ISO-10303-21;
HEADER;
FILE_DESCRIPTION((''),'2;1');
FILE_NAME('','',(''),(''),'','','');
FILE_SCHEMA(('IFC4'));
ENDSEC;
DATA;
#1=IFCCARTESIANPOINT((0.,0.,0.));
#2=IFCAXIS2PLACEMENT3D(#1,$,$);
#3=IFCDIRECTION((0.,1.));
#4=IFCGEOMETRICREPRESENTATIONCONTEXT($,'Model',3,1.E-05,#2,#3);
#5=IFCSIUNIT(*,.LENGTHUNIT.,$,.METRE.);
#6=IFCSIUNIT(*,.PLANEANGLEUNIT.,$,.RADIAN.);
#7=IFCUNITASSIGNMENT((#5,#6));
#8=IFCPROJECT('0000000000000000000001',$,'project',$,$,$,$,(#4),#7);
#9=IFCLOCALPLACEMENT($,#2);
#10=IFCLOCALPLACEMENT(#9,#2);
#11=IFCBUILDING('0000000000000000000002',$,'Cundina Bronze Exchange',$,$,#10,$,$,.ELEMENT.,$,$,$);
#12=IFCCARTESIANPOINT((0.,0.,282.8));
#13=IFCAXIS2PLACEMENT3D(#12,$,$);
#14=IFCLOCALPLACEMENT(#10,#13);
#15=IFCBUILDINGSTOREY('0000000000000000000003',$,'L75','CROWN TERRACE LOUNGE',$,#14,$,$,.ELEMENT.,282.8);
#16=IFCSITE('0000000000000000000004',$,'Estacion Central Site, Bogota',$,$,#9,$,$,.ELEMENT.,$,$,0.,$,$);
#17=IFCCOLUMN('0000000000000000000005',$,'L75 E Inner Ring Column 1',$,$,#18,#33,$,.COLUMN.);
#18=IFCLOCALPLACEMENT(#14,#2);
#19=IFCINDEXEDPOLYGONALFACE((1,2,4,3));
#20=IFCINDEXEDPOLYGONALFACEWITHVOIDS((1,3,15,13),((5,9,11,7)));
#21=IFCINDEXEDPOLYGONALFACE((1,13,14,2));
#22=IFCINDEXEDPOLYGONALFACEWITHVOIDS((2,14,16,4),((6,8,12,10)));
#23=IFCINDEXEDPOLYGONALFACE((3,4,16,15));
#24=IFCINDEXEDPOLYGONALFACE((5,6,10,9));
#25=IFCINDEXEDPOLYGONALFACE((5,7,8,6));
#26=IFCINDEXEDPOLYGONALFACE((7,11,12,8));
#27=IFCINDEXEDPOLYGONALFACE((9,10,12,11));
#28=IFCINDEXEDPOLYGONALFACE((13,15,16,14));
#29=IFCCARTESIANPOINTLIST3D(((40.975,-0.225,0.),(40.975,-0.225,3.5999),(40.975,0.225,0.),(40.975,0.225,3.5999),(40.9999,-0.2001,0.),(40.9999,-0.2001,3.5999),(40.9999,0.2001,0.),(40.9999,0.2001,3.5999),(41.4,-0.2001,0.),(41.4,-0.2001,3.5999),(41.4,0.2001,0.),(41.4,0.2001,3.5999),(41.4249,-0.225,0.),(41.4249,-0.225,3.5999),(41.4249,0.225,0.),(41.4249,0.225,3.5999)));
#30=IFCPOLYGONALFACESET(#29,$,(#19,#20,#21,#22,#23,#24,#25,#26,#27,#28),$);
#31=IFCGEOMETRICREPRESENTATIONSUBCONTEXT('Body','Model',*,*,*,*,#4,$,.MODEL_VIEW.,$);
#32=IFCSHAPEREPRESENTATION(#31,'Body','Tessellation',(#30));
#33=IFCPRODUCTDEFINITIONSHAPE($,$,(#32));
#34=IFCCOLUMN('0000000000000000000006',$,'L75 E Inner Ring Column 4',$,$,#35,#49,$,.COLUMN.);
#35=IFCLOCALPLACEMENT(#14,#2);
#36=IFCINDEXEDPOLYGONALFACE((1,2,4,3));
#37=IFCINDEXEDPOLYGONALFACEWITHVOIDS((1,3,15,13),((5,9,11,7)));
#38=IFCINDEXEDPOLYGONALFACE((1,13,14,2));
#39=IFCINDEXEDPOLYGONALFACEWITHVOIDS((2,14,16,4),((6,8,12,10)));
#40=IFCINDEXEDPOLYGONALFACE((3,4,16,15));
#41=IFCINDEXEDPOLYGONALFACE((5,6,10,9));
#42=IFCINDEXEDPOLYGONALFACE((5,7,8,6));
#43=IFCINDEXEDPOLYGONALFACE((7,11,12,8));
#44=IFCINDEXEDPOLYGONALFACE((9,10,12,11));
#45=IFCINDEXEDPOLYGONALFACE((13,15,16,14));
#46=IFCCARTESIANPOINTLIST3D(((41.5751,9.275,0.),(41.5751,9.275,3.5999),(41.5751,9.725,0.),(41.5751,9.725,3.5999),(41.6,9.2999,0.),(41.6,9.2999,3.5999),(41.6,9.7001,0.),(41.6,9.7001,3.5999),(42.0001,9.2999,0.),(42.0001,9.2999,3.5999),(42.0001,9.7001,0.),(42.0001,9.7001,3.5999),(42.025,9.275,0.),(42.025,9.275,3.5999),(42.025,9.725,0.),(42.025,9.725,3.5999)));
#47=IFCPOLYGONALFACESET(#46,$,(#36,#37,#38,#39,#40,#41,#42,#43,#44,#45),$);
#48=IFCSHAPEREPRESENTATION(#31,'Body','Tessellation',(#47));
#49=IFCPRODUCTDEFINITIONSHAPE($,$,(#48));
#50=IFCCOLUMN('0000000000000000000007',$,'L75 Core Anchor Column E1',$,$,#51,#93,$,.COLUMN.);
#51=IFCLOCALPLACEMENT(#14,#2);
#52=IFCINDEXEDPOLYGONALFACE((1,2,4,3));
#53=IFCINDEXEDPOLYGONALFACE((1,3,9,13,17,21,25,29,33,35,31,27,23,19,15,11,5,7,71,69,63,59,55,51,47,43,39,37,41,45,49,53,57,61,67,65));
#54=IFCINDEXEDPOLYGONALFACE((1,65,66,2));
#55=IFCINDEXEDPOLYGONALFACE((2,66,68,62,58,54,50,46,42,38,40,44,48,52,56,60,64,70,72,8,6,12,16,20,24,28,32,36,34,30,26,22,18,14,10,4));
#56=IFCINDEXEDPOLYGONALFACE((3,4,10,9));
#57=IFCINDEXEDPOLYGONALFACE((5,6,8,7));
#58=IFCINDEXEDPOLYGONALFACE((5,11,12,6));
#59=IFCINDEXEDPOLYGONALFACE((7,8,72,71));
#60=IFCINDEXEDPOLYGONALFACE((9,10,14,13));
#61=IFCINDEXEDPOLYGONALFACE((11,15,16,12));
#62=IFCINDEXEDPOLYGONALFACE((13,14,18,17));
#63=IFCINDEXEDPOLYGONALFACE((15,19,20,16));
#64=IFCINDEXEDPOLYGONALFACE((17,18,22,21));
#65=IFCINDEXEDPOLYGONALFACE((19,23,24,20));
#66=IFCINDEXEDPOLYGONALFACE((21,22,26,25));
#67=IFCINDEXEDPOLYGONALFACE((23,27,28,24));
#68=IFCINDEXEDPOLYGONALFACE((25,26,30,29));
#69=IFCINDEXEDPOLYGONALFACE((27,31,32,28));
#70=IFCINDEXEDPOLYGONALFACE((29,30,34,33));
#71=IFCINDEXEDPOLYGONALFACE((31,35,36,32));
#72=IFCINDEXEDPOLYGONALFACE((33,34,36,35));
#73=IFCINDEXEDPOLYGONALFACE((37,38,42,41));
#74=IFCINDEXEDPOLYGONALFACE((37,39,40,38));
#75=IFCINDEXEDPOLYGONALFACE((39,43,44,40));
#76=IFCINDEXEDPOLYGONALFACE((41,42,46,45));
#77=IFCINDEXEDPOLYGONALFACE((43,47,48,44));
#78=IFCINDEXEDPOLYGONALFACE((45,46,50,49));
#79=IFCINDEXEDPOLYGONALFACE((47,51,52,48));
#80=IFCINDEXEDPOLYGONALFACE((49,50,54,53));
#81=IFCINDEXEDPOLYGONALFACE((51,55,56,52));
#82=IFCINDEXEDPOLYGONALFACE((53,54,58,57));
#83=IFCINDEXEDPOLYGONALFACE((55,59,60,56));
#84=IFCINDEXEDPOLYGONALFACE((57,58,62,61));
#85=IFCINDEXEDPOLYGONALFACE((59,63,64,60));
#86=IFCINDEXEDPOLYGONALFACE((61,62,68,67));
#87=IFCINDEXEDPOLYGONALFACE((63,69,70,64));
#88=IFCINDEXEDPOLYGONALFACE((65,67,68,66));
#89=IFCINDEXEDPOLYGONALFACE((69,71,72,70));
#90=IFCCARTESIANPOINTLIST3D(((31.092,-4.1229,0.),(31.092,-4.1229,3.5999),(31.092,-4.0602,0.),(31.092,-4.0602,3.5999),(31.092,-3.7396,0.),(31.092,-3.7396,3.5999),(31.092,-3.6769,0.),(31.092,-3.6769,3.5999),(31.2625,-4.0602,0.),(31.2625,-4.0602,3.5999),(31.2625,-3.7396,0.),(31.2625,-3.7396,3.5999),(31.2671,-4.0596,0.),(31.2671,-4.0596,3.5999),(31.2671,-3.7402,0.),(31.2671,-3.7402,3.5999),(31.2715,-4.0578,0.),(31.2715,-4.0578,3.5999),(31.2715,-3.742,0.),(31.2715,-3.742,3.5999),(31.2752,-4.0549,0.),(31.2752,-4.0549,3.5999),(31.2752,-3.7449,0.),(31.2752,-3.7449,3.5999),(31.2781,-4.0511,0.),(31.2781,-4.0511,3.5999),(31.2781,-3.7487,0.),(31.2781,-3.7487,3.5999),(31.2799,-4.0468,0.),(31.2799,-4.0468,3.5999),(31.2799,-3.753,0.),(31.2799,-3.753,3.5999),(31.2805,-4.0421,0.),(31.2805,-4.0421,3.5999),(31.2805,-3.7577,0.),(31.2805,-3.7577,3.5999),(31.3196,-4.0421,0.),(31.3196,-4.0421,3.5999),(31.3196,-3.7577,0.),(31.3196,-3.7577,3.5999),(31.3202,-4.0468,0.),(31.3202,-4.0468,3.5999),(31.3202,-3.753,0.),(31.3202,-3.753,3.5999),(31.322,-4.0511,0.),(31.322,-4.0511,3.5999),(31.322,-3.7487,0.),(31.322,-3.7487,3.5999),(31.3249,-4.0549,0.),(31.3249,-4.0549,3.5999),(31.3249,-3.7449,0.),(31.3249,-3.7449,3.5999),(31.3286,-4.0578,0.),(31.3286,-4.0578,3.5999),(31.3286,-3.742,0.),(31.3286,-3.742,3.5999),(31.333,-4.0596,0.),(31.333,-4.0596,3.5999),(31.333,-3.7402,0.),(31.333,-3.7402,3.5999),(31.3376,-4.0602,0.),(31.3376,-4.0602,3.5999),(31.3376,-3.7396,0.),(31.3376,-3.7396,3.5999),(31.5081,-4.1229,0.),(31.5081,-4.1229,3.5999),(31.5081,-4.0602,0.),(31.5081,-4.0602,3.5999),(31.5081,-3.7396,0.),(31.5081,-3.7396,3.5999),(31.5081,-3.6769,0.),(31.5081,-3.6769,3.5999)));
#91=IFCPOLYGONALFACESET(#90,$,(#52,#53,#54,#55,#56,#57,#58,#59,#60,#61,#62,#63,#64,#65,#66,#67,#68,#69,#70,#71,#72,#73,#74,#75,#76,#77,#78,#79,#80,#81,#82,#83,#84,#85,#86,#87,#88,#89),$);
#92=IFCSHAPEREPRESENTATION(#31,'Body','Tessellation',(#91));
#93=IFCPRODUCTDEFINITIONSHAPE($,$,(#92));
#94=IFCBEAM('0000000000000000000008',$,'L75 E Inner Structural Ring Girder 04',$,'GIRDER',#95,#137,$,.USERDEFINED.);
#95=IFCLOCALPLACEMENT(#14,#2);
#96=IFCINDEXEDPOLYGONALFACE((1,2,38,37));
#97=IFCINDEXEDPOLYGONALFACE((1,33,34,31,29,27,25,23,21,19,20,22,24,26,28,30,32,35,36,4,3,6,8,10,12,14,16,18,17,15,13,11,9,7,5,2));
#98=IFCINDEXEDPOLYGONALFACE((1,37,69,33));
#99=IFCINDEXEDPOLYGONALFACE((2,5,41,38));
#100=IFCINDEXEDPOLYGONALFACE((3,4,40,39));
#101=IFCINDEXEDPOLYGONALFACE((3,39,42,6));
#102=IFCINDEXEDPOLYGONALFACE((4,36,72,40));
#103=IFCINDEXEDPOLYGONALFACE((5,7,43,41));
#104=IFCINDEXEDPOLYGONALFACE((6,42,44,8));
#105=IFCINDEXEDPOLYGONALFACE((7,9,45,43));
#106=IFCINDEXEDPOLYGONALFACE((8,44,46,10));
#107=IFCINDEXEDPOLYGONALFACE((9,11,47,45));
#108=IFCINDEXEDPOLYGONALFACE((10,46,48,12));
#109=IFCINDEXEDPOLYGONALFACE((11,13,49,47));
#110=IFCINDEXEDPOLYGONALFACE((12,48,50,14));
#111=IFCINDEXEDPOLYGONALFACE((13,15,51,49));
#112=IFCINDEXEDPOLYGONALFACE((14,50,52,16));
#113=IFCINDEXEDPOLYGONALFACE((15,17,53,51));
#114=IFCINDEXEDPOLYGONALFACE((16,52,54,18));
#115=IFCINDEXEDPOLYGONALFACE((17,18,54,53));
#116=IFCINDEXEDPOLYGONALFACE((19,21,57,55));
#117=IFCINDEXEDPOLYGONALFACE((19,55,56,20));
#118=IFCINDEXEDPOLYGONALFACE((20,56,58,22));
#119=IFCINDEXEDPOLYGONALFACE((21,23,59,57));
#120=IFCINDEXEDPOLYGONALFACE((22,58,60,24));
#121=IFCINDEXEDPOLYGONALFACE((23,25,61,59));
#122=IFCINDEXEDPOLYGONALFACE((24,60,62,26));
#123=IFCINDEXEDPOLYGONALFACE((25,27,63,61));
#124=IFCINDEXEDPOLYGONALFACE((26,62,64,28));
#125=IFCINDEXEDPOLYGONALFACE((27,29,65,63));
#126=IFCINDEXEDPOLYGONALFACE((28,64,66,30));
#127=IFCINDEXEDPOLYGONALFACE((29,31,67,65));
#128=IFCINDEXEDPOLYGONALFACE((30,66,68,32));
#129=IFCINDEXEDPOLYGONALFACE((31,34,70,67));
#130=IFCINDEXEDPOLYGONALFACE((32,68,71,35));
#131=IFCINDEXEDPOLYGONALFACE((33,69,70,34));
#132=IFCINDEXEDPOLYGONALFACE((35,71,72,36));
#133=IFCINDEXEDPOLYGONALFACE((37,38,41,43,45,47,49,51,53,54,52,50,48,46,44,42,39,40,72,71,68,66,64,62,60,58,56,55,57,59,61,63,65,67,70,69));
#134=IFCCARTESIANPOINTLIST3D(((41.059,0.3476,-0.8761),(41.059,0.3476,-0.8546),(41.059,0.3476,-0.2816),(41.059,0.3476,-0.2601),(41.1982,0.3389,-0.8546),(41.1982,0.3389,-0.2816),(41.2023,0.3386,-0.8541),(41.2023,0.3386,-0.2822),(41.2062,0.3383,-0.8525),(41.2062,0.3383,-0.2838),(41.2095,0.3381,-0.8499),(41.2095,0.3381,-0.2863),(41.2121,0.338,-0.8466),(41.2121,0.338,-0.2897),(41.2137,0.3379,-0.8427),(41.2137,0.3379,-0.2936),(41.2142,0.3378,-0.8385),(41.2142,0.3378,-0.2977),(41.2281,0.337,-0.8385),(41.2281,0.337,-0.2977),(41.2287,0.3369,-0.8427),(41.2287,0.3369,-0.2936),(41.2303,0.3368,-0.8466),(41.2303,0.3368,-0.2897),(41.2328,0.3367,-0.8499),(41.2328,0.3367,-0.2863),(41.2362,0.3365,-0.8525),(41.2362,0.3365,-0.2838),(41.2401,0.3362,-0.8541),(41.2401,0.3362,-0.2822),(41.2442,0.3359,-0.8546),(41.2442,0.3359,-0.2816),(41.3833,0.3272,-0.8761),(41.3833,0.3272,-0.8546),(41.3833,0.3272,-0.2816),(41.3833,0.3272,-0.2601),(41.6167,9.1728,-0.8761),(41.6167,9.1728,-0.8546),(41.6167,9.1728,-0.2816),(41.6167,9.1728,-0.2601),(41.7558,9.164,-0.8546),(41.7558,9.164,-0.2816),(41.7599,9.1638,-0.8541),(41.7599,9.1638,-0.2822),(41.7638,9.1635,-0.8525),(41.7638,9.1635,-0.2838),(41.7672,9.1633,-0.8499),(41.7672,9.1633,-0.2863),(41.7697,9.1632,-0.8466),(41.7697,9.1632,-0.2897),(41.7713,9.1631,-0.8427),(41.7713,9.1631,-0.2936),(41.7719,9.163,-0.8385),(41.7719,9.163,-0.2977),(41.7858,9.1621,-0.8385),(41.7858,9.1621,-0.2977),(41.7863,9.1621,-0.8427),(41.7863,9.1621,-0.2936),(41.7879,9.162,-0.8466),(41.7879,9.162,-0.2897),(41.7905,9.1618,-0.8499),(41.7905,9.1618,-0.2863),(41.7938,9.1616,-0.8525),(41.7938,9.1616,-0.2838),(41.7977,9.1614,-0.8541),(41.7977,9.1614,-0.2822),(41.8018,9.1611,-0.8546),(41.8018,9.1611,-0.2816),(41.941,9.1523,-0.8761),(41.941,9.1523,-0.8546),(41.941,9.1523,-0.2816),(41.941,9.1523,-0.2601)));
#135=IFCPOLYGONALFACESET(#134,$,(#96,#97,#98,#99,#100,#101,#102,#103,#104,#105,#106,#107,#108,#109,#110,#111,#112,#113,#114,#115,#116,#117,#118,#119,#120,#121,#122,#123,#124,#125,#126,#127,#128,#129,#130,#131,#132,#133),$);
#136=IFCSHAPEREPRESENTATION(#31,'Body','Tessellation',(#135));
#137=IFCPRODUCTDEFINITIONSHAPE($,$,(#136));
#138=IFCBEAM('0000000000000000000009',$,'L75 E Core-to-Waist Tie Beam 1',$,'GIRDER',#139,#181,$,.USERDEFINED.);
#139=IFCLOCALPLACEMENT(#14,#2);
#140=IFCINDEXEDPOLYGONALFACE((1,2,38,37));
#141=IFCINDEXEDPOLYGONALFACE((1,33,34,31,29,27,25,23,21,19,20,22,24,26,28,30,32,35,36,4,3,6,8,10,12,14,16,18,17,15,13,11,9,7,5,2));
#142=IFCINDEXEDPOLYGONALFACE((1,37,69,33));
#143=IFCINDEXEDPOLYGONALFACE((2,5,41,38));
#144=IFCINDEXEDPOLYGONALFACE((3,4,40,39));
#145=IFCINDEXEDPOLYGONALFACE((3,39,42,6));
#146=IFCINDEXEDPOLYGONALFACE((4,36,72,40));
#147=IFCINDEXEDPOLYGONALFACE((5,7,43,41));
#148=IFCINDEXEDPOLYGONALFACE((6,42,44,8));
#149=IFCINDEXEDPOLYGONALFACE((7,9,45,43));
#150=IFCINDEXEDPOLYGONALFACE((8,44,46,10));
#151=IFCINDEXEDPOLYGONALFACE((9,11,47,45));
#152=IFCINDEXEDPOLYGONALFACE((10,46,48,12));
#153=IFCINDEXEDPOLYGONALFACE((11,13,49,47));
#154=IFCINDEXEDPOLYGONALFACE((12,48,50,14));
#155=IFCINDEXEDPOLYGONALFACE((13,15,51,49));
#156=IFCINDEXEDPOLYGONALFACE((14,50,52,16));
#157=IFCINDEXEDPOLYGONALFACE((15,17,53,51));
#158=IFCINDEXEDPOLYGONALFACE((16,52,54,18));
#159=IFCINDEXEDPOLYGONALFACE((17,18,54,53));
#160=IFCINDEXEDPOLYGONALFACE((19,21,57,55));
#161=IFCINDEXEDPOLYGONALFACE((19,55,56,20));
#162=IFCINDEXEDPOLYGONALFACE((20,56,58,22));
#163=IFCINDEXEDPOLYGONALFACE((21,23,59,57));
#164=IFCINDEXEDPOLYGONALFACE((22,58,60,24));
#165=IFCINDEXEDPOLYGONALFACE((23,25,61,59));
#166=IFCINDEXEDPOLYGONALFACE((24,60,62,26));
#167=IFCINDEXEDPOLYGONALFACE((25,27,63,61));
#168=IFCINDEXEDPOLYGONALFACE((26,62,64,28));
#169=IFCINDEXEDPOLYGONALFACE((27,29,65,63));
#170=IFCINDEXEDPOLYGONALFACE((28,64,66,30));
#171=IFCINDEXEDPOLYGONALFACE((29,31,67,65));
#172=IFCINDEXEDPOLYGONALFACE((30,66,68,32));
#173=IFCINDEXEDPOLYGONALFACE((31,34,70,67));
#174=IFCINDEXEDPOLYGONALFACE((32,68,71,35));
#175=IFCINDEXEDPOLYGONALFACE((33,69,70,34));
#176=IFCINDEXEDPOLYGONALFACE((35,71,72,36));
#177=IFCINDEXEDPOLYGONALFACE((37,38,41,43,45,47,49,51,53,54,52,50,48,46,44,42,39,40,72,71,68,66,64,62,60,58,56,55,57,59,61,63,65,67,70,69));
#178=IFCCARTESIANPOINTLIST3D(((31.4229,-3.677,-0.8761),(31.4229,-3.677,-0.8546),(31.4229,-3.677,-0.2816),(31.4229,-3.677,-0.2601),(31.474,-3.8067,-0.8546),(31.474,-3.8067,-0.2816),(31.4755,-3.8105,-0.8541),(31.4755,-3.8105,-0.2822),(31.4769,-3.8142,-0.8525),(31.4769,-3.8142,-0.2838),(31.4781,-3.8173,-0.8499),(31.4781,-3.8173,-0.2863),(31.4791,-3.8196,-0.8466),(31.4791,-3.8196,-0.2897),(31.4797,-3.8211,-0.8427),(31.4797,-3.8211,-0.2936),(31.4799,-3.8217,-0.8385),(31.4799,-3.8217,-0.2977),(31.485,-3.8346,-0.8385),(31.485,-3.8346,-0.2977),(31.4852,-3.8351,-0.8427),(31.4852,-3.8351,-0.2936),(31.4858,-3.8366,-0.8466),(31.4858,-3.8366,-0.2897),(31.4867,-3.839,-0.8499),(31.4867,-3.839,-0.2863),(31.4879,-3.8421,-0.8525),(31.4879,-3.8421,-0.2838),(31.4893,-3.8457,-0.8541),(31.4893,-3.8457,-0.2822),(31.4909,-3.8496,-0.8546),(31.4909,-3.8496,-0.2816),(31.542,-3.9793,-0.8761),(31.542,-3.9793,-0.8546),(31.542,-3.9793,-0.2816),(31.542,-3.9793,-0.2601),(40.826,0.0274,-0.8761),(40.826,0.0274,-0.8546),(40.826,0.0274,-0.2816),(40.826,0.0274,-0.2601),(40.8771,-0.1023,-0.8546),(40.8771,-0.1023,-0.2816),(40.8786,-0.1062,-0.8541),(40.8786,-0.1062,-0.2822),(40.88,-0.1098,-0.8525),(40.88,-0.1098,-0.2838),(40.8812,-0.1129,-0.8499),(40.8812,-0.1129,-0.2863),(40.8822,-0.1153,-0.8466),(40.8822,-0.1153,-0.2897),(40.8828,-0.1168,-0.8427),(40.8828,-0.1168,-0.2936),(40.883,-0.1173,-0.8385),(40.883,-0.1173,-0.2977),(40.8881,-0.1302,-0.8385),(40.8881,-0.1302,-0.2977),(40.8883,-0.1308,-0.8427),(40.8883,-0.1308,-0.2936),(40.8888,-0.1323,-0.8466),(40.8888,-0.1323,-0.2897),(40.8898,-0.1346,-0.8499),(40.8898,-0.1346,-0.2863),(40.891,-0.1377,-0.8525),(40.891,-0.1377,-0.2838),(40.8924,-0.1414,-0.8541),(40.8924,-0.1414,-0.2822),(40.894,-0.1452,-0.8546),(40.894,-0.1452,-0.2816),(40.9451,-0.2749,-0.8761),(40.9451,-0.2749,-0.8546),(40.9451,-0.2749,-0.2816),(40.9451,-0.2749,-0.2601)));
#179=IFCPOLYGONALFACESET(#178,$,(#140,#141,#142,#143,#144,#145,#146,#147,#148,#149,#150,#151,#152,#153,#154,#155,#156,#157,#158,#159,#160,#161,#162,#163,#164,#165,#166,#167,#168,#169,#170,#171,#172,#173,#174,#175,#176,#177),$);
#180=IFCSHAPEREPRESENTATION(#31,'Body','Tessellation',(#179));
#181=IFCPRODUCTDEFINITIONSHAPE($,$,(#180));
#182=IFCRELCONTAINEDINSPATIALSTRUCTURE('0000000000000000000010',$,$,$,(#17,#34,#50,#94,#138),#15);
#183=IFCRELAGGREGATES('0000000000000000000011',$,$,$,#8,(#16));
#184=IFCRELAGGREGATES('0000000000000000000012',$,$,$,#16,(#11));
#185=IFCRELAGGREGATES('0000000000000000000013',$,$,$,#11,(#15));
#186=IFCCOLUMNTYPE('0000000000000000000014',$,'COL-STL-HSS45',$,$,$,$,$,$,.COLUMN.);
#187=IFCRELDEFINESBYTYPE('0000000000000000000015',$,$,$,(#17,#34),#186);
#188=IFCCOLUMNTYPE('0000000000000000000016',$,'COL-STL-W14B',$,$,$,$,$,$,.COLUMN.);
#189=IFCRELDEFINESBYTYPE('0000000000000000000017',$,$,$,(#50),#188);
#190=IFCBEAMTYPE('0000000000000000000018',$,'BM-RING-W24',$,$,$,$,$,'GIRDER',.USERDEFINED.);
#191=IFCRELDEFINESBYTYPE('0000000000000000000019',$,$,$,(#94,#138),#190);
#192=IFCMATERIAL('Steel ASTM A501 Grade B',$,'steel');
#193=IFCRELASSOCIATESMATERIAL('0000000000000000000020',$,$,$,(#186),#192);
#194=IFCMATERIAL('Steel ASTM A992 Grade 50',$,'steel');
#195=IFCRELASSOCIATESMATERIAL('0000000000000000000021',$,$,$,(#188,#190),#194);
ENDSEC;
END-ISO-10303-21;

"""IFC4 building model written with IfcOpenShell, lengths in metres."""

from ifc_helpers import new_model, si_unit, direction, frame, origin, origin_2d, place, context, subcontext, project, spatial, hollow_rectangle, i_section, extrude, material, material_profile, profile_set, type_object, element, save


model = new_model("IFC4")

# Units and contexts
model_context = context("Model", 3, precision=1e-05, world=origin(), true_north=direction((0.0, 1.0)))
body_context = subcontext(model_context, "Body", "Model", "MODEL_VIEW")
ifc_project = project(units=[si_unit("LENGTHUNIT", "METRE"), si_unit("PLANEANGLEUNIT", "RADIAN")], contexts=[model_context])

# Site, building, storey
site_placement = place(None, origin())
site = spatial("IfcSite", under=ifc_project, at=site_placement, Name="Estacion Central Site, Bogota", CompositionType="ELEMENT", RefElevation=0.0)
building_placement = place(site_placement, origin())
building = spatial("IfcBuilding", under=site, at=building_placement, Name="Cundina Bronze Exchange", CompositionType="ELEMENT")
storey_placement = place(building_placement, frame((0.0, 0.0, 282.8)))
storey = spatial("IfcBuildingStorey", under=building, at=storey_placement, Name="L75", Description="CROWN TERRACE LOUNGE", CompositionType="ELEMENT", Elevation=282.8)

# Columns
ifc_material_1 = material(Name="Steel ASTM A501 Grade B", Category="steel")
ifc_material_profile_1 = material_profile(ifc_material_1, hollow_rectangle(XDim=0.45, YDim=0.45, WallThickness=0.0249, at=origin_2d()), Name="HSS450X450X25", Category="steel")
ifc_profile_set_1 = profile_set([ifc_material_profile_1], Name="Steel ASTM A501 Grade B")
column_type_1 = type_object("IfcColumnType", Name="COL-STL-HSS45", PredefinedType="COLUMN", material=ifc_profile_set_1)
for number, where, z_axis, x_axis, name in (
    (1, (41.2, 0.0, 0.0), (0.0, 0.0, 1.0), (1.0, 0.0, 0.0), "L75 E Inner Ring Column 1"),
    (2, (41.8, 9.5, 0.0), (0.0, 0.0, 1.0), (1.0, 0.0, 0.0), "L75 E Inner Ring Column 4"),
):
    element("IfcColumn", number, at=place(storey_placement, frame(where, z_axis=z_axis, x_axis=x_axis)), inside=storey, type_object=column_type_1, Name=name, PredefinedType="COLUMN", context=body_context, shape_type="SweptSolid", body=[
        extrude(hollow_rectangle(XDim=0.45, YDim=0.45, WallThickness=0.0249, at=origin_2d()), origin(), (0.0, 0.0, 1.0), 3.5999),
    ])
ifc_material_2 = material(Name="Steel ASTM A992 Grade 50", Category="steel")
ifc_material_profile_2 = material_profile(ifc_material_2, i_section(OverallWidth=0.416, OverallDepth=0.446, WebThickness=0.0391, FlangeThickness=0.0627, FilletRadius=0.0181, at=origin_2d()), Name="W14X342", Category="steel")
ifc_profile_set_2 = profile_set([ifc_material_profile_2], Name="Steel ASTM A992 Grade 50")
column_type_2 = type_object("IfcColumnType", Name="COL-STL-W14B", PredefinedType="COLUMN", material=ifc_profile_set_2)
column_placement = place(storey_placement, frame((31.3, -3.8999, 0.0), z_axis=(0.0, 0.0, 1.0), x_axis=(1.0, 0.0, 0.0)))
element("IfcColumn", 3, at=column_placement, inside=storey, type_object=column_type_2, Name="L75 Core Anchor Column E1", PredefinedType="COLUMN", context=body_context, shape_type="SweptSolid", body=[
    extrude(i_section(OverallWidth=0.416, OverallDepth=0.446, WebThickness=0.0391, FlangeThickness=0.0627, FilletRadius=0.0181, at=origin_2d()), origin(), (0.0, 0.0, 1.0), 3.5999),
])

# Beams
ifc_material_profile_3 = material_profile(ifc_material_2, i_section(OverallWidth=0.325, OverallDepth=0.616, WebThickness=0.0139, FlangeThickness=0.0215, FilletRadius=0.0161, at=origin_2d()), Name="W24X117", Category="steel")
ifc_profile_set_3 = profile_set([ifc_material_profile_3], Name="Steel ASTM A992 Grade 50")
beam_type_1 = type_object("IfcBeamType", Name="BM-RING-W24", ElementType="GIRDER", PredefinedType="USERDEFINED", material=ifc_profile_set_3)
beam_1_placement = place(storey_placement, frame((41.2212, 0.3374, -0.5681), z_axis=(0.063059, 0.99801, 0.0), x_axis=(-0.99801, 0.063059, 0.0)))
element("IfcBeam", 4, at=beam_1_placement, inside=storey, type_object=beam_type_1, Name="L75 E Inner Structural Ring Girder 04", ObjectType="GIRDER", PredefinedType="USERDEFINED", context=body_context, shape_type="SweptSolid", body=[
    extrude(i_section(OverallWidth=0.325, OverallDepth=0.616, WebThickness=0.0139, FlangeThickness=0.0215, FilletRadius=0.0161, at=origin_2d()), origin(), (0.0, 0.0, 1.0), 8.8428),
])
beam_2_placement = place(storey_placement, frame((31.4824, -3.8281, -0.5681), z_axis=(0.930405, 0.366533, 0.0), x_axis=(-0.366533, 0.930405, 0.0)))
element("IfcBeam", 5, at=beam_2_placement, inside=storey, type_object=beam_type_1, Name="L75 E Core-to-Waist Tie Beam 1", ObjectType="GIRDER", PredefinedType="USERDEFINED", context=body_context, shape_type="SweptSolid", body=[
    extrude(i_section(OverallWidth=0.325, OverallDepth=0.616, WebThickness=0.0139, FlangeThickness=0.0215, FilletRadius=0.0161, at=origin_2d()), origin(), (0.0, 0.0, 1.0), 10.1064),
])

save(model, "model.ifc")
